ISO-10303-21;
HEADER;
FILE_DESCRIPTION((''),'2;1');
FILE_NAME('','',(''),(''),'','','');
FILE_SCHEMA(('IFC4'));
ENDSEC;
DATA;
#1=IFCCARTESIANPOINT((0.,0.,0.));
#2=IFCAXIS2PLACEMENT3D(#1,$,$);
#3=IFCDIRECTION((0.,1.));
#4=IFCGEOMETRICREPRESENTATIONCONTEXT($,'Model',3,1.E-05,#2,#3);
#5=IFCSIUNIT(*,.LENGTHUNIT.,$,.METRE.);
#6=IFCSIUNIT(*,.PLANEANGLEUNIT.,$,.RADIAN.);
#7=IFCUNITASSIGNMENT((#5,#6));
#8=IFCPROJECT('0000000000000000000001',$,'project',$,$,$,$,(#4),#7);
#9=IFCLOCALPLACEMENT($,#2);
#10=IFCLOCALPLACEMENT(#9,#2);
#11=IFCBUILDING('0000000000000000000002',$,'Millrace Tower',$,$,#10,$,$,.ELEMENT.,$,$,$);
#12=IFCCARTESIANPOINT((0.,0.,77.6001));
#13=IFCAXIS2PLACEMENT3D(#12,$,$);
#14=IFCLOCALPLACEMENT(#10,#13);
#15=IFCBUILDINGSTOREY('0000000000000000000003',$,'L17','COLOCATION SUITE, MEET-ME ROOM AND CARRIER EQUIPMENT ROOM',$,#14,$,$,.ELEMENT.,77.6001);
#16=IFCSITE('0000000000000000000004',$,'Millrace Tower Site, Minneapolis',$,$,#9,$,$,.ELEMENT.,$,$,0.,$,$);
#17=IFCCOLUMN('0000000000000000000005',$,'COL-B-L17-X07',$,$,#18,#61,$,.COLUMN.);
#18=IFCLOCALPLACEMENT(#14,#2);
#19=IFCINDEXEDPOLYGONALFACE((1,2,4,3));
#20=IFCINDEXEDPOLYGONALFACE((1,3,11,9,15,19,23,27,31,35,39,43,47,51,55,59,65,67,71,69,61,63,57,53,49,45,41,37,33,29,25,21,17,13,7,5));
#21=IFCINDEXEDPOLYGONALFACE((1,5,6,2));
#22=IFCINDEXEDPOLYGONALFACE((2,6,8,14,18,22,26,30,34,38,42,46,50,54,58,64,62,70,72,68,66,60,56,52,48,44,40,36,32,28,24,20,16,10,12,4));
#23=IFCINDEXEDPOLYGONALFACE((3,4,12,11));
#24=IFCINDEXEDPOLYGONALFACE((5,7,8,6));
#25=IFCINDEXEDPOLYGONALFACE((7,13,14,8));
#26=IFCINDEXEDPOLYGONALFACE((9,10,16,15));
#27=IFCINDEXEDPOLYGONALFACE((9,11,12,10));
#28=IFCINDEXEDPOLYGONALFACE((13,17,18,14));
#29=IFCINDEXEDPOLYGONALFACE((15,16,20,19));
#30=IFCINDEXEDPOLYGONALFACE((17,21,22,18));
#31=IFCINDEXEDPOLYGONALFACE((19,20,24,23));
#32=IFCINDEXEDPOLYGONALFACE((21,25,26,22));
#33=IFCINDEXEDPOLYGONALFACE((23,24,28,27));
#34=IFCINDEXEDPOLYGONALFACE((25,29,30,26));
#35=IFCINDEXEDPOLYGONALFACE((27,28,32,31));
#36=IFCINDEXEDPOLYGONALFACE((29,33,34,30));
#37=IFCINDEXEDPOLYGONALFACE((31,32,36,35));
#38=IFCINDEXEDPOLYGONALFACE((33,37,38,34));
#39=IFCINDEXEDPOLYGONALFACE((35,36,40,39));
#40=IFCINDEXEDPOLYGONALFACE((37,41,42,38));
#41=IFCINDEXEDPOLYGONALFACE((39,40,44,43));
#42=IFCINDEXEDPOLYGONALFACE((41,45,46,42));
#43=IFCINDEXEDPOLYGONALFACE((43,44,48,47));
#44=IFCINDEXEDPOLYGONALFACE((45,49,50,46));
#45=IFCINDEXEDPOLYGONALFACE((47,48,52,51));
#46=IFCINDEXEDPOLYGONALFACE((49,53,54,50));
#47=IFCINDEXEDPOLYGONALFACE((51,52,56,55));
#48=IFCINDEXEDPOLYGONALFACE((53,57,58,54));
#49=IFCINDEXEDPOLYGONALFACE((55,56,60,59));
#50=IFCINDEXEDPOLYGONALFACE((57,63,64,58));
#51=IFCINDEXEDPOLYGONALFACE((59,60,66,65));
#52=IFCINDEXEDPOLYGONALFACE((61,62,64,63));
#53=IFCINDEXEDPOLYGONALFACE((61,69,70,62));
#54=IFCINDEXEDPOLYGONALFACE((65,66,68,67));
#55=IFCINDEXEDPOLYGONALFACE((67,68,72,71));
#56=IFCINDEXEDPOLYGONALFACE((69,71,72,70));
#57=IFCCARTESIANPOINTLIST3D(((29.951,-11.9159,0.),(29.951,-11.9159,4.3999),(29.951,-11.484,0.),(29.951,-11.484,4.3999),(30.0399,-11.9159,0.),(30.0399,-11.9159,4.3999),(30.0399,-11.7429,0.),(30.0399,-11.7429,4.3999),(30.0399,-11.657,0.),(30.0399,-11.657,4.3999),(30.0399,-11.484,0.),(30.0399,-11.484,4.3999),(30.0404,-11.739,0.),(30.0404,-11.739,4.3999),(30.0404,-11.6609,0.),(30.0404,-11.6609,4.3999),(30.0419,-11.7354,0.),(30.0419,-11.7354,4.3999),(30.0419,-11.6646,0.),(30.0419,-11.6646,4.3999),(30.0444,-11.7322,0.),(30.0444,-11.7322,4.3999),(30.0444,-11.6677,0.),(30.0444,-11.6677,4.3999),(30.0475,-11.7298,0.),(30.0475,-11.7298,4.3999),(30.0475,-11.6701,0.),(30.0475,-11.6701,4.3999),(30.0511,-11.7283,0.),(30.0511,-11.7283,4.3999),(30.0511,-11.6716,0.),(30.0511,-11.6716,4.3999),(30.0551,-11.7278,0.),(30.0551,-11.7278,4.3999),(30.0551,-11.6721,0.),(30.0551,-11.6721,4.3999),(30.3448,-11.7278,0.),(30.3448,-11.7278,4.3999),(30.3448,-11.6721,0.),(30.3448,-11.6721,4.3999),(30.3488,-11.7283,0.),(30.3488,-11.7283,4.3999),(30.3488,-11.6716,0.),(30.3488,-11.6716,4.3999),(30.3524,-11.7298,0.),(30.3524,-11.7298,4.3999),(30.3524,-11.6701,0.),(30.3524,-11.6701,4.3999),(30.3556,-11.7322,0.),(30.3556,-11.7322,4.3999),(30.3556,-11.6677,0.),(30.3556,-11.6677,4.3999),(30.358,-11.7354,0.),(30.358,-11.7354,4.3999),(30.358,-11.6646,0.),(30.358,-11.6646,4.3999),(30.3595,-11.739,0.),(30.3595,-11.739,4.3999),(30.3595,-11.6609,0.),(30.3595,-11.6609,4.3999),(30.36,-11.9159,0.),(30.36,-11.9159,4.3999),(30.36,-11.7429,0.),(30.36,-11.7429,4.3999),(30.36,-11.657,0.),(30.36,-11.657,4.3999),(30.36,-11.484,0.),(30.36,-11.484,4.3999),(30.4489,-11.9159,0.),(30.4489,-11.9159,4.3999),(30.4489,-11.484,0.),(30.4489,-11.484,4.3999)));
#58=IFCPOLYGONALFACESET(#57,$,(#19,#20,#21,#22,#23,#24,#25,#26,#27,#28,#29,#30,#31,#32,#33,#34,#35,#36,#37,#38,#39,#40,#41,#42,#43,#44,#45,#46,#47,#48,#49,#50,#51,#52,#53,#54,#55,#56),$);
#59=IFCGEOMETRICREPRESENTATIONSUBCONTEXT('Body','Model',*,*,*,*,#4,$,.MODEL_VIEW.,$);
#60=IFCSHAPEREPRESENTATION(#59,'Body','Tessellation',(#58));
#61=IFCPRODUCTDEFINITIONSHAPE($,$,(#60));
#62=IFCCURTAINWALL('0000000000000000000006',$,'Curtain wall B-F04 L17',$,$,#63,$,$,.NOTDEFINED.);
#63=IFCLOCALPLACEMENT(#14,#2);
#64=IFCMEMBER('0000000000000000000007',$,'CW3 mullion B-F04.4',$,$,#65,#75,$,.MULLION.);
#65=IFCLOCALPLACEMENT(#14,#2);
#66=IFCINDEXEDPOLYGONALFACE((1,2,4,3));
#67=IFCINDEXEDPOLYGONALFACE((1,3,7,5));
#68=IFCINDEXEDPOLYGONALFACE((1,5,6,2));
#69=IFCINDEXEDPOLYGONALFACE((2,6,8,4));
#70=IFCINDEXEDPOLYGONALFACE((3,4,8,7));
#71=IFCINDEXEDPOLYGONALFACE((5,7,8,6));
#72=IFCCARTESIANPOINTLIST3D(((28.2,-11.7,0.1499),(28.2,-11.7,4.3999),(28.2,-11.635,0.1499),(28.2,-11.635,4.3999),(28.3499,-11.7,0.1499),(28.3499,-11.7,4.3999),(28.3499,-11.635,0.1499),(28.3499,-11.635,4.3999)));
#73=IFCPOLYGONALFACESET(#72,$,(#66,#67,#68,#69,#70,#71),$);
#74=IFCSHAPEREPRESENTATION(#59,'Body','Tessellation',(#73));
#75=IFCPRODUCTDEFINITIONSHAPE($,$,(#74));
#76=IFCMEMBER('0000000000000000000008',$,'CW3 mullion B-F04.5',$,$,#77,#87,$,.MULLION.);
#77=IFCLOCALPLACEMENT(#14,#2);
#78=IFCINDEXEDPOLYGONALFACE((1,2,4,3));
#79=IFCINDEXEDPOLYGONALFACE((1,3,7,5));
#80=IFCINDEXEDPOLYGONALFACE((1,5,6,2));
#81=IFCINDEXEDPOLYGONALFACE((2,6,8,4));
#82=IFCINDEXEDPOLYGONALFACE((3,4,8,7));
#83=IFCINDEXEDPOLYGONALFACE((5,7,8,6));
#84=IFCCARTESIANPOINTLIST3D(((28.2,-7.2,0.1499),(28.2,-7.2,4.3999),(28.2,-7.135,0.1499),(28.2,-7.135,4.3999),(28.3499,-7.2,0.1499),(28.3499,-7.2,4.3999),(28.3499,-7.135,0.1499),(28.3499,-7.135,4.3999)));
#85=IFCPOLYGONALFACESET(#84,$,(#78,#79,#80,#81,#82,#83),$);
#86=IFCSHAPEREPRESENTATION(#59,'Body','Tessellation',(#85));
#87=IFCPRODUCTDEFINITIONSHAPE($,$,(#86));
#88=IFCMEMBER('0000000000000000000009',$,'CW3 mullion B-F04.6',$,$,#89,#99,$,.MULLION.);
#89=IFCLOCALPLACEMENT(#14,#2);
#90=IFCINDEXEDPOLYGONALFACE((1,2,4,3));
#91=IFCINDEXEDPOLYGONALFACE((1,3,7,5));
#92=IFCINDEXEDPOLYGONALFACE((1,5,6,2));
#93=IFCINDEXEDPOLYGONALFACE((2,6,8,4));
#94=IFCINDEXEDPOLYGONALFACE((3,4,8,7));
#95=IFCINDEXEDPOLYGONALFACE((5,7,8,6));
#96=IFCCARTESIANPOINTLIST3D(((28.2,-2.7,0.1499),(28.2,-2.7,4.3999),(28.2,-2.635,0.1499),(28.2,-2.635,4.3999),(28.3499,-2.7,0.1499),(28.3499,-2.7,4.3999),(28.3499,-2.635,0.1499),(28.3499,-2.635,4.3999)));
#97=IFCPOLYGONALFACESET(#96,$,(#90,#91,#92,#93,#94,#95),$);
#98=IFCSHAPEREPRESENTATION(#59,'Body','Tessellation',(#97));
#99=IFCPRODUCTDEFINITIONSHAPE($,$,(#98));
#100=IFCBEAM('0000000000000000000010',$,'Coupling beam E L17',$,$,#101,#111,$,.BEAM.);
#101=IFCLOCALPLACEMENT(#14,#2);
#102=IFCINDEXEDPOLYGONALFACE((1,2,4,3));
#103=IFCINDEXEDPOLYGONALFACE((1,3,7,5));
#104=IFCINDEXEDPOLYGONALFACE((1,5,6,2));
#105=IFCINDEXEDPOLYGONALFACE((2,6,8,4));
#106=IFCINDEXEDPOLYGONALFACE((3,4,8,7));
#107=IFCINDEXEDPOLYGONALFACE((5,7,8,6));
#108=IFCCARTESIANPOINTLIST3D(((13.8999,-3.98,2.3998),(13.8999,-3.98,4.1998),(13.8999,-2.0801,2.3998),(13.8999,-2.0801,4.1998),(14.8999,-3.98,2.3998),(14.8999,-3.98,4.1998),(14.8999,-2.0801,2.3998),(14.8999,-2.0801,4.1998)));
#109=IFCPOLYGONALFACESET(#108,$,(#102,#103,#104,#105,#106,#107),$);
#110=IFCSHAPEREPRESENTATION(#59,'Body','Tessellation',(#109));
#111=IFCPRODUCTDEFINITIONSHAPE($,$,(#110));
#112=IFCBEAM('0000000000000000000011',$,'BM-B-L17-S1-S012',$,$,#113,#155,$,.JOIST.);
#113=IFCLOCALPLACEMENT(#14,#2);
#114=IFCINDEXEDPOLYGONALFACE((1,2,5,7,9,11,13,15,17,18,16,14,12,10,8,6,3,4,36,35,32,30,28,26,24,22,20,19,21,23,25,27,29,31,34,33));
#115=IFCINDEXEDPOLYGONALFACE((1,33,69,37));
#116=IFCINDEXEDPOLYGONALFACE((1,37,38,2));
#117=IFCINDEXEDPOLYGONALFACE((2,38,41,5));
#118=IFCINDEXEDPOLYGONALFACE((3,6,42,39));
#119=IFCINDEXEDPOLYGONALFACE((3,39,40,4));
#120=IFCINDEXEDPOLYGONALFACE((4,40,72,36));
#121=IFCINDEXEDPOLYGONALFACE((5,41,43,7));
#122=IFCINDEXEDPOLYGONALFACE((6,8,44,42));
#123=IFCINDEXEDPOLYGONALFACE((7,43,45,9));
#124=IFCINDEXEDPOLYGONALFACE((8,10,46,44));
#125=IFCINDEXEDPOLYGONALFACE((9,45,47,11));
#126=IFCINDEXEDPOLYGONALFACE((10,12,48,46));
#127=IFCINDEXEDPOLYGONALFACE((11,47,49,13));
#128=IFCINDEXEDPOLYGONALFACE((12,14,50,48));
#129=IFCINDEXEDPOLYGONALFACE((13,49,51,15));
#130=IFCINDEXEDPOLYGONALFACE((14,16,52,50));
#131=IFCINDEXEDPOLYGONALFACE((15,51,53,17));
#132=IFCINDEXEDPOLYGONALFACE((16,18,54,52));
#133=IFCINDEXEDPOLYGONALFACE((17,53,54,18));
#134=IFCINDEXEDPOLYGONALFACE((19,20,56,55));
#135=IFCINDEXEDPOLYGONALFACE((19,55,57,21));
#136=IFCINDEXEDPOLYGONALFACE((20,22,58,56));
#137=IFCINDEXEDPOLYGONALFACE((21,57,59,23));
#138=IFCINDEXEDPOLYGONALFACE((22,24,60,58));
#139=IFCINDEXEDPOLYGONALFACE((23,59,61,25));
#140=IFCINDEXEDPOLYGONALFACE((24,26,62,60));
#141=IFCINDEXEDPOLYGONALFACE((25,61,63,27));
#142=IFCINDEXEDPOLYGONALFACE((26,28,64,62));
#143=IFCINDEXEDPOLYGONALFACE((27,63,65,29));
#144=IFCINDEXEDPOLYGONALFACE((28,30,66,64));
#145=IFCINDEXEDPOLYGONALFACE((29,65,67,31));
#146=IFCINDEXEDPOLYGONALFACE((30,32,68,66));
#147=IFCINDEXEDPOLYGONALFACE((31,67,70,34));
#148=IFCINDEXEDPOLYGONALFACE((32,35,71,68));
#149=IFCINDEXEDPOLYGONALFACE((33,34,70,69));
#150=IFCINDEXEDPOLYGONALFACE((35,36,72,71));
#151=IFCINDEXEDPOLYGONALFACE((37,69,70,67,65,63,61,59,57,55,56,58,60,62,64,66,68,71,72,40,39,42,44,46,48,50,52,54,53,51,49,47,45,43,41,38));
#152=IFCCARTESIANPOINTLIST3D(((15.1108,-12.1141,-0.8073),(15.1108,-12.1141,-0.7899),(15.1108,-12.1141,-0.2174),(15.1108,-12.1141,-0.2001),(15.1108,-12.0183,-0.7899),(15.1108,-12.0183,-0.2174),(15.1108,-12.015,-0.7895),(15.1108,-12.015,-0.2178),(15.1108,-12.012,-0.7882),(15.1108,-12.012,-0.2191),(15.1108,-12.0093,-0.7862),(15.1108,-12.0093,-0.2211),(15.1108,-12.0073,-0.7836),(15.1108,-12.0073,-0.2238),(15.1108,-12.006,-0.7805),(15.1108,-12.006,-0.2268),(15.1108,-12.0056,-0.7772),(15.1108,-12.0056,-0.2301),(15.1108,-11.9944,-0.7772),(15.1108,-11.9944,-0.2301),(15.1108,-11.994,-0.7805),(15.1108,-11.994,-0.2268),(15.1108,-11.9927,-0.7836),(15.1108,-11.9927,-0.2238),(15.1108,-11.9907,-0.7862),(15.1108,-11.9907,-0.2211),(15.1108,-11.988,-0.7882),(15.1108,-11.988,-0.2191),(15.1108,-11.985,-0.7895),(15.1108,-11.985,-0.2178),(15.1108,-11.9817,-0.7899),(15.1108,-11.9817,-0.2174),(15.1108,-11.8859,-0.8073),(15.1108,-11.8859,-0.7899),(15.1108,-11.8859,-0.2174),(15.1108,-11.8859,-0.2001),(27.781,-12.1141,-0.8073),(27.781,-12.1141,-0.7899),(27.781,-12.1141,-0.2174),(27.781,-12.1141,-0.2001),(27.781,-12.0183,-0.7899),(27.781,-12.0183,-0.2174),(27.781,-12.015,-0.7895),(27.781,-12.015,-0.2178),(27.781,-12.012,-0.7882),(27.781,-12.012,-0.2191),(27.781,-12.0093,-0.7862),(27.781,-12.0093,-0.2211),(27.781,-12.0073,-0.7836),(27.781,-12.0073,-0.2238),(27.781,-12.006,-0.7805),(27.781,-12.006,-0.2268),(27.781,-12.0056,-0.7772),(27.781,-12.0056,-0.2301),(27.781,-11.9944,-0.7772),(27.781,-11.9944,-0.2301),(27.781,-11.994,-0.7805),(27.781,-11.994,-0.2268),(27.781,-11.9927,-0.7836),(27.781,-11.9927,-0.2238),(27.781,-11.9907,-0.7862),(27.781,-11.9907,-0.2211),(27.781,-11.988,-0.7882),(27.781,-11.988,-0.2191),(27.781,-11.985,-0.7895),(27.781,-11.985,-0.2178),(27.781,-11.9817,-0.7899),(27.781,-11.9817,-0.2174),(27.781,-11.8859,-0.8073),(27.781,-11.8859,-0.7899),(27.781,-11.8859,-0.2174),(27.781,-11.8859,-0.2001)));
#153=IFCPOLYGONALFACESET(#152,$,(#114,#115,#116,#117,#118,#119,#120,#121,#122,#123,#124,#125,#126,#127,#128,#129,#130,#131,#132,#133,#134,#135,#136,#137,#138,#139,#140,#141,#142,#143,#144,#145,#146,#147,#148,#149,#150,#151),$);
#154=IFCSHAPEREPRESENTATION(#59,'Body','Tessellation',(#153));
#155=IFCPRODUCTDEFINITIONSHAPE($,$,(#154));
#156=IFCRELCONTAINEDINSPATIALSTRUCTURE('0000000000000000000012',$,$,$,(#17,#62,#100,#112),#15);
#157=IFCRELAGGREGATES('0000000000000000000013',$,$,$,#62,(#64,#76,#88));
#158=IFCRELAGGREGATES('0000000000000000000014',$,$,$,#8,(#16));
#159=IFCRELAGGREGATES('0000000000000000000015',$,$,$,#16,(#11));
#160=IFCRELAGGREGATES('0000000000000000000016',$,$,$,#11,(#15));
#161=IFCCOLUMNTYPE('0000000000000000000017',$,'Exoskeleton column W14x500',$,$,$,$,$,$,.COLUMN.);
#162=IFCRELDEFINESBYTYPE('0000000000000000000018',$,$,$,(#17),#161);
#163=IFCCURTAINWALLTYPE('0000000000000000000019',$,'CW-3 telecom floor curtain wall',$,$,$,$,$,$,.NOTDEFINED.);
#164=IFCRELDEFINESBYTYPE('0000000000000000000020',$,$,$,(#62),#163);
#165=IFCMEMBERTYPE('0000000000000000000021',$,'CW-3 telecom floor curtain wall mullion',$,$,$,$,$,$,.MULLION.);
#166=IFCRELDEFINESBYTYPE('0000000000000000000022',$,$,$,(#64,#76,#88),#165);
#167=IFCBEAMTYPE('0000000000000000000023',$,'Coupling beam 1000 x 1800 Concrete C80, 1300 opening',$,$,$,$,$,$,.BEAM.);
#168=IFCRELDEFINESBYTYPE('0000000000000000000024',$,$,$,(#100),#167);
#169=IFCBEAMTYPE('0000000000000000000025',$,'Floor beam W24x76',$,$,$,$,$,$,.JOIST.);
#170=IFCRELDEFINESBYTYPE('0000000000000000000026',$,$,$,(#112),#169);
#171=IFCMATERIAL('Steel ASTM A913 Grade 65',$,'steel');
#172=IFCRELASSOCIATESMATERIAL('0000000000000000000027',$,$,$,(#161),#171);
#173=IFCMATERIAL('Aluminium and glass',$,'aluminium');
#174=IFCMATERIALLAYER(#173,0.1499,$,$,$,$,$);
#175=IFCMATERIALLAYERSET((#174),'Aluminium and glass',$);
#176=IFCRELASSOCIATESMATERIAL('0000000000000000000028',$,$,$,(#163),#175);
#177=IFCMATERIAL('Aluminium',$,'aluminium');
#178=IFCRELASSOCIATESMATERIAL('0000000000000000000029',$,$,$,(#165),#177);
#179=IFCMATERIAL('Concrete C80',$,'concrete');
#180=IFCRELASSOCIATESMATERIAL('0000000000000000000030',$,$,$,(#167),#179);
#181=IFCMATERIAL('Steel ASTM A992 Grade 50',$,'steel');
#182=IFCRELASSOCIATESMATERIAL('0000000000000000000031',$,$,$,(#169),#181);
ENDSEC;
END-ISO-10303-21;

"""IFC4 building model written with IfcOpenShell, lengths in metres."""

from ifc_helpers import new_model, si_unit, direction, frame, origin, origin_2d, place, context, subcontext, project, spatial, rectangle, i_section, extrude, material, layer, layer_set, material_profile, profile_set, type_object, element, aggregate, save


model = new_model("IFC4")

# Units and contexts
model_context = context("Model", 3, precision=1e-05, world=origin(), true_north=direction((0.0, 1.0)))
body_context = subcontext(model_context, "Body", "Model", "MODEL_VIEW")
ifc_project = project(units=[si_unit("LENGTHUNIT", "METRE"), si_unit("PLANEANGLEUNIT", "RADIAN")], contexts=[model_context])

# Site, building, storey
site_placement = place(None, origin())
site = spatial("IfcSite", under=ifc_project, at=site_placement, Name="Millrace Tower Site, Minneapolis", CompositionType="ELEMENT", RefElevation=0.0)
building_placement = place(site_placement, origin())
building = spatial("IfcBuilding", under=site, at=building_placement, Name="Millrace Tower", CompositionType="ELEMENT")
storey_placement = place(building_placement, frame((0.0, 0.0, 77.6001)))
storey = spatial("IfcBuildingStorey", under=building, at=storey_placement, Name="L17", Description="COLOCATION SUITE, MEET-ME ROOM AND CARRIER EQUIPMENT ROOM", CompositionType="ELEMENT", Elevation=77.6001)

# Column
ifc_material_1 = material(Name="Steel ASTM A913 Grade 65", Category="steel")
ifc_material_profile_1 = material_profile(ifc_material_1, i_section(OverallWidth=0.4319, OverallDepth=0.4978, WebThickness=0.0557, FlangeThickness=0.0889, FilletRadius=0.0151, at=origin_2d()))
ifc_profile_set_1 = profile_set([ifc_material_profile_1], Name="Steel ASTM A913 Grade 65")
column_type = type_object("IfcColumnType", Name="Exoskeleton column W14x500", PredefinedType="COLUMN", material=ifc_profile_set_1)
column_placement = place(storey_placement, frame((30.2, -11.7, 0.0), z_axis=(0.0, 0.0, 1.0), x_axis=(0.0, 1.0, 0.0)))
element("IfcColumn", 1, at=column_placement, inside=storey, type_object=column_type, Name="COL-B-L17-X07", PredefinedType="COLUMN", context=body_context, shape_type="SweptSolid", body=[
    extrude(i_section(OverallWidth=0.4319, OverallDepth=0.4978, WebThickness=0.0557, FlangeThickness=0.0889, FilletRadius=0.0151, at=origin_2d()), origin(), (0.0, 0.0, 1.0), 4.3999),
])

# Curtain wall, members
ifc_material_2 = material(Name="Aluminium and glass", Category="aluminium")
ifc_layer_1 = layer(ifc_material_2, 0.1499)
ifc_layer_set_1 = layer_set([ifc_layer_1], Name="Aluminium and glass")
curtain_wall_type = type_object("IfcCurtainWallType", Name="CW-3 telecom floor curtain wall", PredefinedType="NOTDEFINED", material=ifc_layer_set_1)
placement = place(storey_placement, origin())
curtain_wall = element("IfcCurtainWall", 2, at=placement, inside=storey, type_object=curtain_wall_type, Name="Curtain wall B-F04 L17", PredefinedType="NOTDEFINED")
ifc_material_3 = material(Name="Aluminium", Category="aluminium")
ifc_material_profile_2 = material_profile(ifc_material_3, rectangle(XDim=0.0649, YDim=0.1499, at=origin_2d()))
ifc_profile_set_2 = profile_set([ifc_material_profile_2], Name="Aluminium")
member_type = type_object("IfcMemberType", Name="CW-3 telecom floor curtain wall mullion", PredefinedType="MULLION", material=ifc_profile_set_2)
member_1_placement = place(storey_placement, frame((28.2749, -11.6675, 0.1499), z_axis=(0.0, 0.0, 1.0), x_axis=(0.0, 1.0, 0.0)))
member_1 = element("IfcMember", 3, at=member_1_placement, type_object=member_type, Name="CW3 mullion B-F04.4", PredefinedType="MULLION", context=body_context, shape_type="SweptSolid", body=[
    extrude(rectangle(XDim=0.0649, YDim=0.1499, at=origin_2d()), origin(), (0.0, 0.0, 1.0), 4.25),
])
member_2_placement = place(storey_placement, frame((28.2749, -7.1675, 0.1499), z_axis=(0.0, 0.0, 1.0), x_axis=(0.0, 1.0, 0.0)))
member_2 = element("IfcMember", 4, at=member_2_placement, type_object=member_type, Name="CW3 mullion B-F04.5", PredefinedType="MULLION", context=body_context, shape_type="SweptSolid", body=[
    extrude(rectangle(XDim=0.0649, YDim=0.1499, at=origin_2d()), origin(), (0.0, 0.0, 1.0), 4.25),
])
member_3_placement = place(storey_placement, frame((28.2749, -2.6675, 0.1499), z_axis=(0.0, 0.0, 1.0), x_axis=(0.0, 1.0, 0.0)))
member_3 = element("IfcMember", 5, at=member_3_placement, type_object=member_type, Name="CW3 mullion B-F04.6", PredefinedType="MULLION", context=body_context, shape_type="SweptSolid", body=[
    extrude(rectangle(XDim=0.0649, YDim=0.1499, at=origin_2d()), origin(), (0.0, 0.0, 1.0), 4.25),
])
aggregate(curtain_wall, [member_1, member_2, member_3])

# Beams
ifc_material_4 = material(Name="Concrete C80", Category="concrete")
ifc_material_profile_3 = material_profile(ifc_material_4, rectangle(XDim=1.0, YDim=1.8, at=origin_2d()))
ifc_profile_set_3 = profile_set([ifc_material_profile_3], Name="Concrete C80")
beam_type_1 = type_object("IfcBeamType", Name="Coupling beam 1000 x 1800 Concrete C80, 1300 opening", PredefinedType="BEAM", material=ifc_profile_set_3)
beam_1_placement = place(storey_placement, frame((14.3999, -2.0801, 3.2998), z_axis=(0.0, -1.0, 0.0), x_axis=(1.0, 0.0, 0.0)))
element("IfcBeam", 6, at=beam_1_placement, inside=storey, type_object=beam_type_1, Name="Coupling beam E L17", PredefinedType="BEAM", context=body_context, shape_type="SweptSolid", body=[
    extrude(rectangle(XDim=1.0, YDim=1.8, at=origin_2d()), origin(), (0.0, 0.0, 1.0), 1.8999),
])
ifc_material_5 = material(Name="Steel ASTM A992 Grade 50", Category="steel")
ifc_material_profile_4 = material_profile(ifc_material_5, i_section(OverallWidth=0.2283, OverallDepth=0.6072, WebThickness=0.0112, FlangeThickness=0.0173, FilletRadius=0.0127, at=origin_2d()))
ifc_profile_set_4 = profile_set([ifc_material_profile_4], Name="Steel ASTM A992 Grade 50")
beam_type_2 = type_object("IfcBeamType", Name="Floor beam W24x76", PredefinedType="JOIST", material=ifc_profile_set_4)
beam_2_placement = place(storey_placement, frame((15.1108, -12.0, -0.5037), z_axis=(1.0, 0.0, 0.0), x_axis=(0.0, 1.0, 0.0)))
element("IfcBeam", 7, at=beam_2_placement, inside=storey, type_object=beam_type_2, Name="BM-B-L17-S1-S012", PredefinedType="JOIST", context=body_context, shape_type="SweptSolid", body=[
    extrude(i_section(OverallWidth=0.2283, OverallDepth=0.6072, WebThickness=0.0112, FlangeThickness=0.0173, FilletRadius=0.0127, at=origin_2d()), origin(), (0.0, 0.0, 1.0), 12.6702),
])

save(model, "model.ifc")
